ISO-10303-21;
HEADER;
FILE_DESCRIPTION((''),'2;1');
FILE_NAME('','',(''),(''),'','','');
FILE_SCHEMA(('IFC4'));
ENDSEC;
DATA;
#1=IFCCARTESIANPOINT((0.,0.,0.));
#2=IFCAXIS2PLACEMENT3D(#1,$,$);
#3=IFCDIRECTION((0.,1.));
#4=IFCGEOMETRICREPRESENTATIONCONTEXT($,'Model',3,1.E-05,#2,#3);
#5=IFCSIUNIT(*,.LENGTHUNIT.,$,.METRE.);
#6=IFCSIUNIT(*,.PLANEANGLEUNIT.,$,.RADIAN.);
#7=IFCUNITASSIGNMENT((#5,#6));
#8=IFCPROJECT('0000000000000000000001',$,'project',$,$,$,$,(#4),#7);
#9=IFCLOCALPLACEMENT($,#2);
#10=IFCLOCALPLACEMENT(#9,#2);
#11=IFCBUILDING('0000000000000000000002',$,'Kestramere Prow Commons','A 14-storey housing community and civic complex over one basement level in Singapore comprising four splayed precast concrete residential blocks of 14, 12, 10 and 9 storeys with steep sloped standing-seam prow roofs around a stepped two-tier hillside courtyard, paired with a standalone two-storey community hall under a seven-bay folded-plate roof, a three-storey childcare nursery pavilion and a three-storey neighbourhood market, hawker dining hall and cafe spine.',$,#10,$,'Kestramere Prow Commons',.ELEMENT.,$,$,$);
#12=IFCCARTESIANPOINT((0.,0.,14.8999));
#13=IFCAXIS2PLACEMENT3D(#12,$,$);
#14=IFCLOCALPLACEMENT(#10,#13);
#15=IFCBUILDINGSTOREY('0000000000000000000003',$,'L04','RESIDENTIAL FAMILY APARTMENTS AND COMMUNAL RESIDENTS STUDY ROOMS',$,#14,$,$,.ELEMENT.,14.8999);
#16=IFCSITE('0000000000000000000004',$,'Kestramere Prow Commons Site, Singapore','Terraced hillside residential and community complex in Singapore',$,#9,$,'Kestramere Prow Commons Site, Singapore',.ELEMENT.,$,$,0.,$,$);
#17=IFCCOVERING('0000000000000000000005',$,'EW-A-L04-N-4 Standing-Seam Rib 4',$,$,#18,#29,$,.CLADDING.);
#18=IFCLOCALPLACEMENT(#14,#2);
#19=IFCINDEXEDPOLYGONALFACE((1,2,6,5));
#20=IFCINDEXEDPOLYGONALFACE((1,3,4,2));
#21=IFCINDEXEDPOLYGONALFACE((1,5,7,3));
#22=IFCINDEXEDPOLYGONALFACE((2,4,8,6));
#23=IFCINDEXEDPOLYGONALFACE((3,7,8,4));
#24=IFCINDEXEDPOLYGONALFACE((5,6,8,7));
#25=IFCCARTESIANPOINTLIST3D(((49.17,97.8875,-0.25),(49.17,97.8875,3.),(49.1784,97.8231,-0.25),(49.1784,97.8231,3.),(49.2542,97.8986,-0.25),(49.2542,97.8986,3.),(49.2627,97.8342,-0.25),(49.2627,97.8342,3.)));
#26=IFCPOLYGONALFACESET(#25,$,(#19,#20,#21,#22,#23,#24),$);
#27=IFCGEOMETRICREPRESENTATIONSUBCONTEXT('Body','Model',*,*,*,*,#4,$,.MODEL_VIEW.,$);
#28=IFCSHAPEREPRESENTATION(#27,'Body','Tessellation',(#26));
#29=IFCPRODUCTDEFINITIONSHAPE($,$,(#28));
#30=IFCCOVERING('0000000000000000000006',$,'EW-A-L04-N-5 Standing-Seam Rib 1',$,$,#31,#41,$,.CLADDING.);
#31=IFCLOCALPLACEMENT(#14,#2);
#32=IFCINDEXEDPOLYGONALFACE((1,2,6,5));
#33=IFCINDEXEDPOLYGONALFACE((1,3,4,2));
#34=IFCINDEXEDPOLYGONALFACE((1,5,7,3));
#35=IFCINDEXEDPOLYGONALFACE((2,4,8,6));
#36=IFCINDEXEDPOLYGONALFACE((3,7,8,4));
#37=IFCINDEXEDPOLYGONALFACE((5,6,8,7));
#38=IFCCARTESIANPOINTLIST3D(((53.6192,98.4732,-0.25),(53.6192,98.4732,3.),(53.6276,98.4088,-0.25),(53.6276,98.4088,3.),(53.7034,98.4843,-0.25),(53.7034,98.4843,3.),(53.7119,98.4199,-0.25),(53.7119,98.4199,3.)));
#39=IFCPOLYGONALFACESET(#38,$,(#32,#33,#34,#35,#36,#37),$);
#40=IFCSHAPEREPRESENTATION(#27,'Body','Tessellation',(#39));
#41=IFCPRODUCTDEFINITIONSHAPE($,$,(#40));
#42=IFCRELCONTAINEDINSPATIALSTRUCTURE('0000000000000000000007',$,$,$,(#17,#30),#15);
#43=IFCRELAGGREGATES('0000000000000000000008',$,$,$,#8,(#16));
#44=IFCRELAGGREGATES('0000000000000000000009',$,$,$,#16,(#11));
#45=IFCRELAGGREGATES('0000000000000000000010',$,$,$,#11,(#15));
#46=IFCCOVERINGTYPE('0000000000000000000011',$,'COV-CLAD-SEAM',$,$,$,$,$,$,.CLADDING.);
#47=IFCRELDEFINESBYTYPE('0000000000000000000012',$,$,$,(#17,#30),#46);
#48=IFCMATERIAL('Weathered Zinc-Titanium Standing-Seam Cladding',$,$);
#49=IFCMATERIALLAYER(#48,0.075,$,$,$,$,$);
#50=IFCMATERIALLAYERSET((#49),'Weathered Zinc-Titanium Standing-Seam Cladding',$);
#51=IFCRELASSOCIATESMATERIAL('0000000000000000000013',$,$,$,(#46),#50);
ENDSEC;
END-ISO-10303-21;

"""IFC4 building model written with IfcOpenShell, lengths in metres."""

from ifc_helpers import new_model, si_unit, direction, frame, origin, origin_2d, place, context, subcontext, project, spatial, rectangle, extrude, material, layer, layer_set, type_object, element, save


model = new_model("IFC4")

# Units and contexts
model_context = context("Model", 3, precision=1e-05, world=origin(), true_north=direction((0.0, 1.0)))
body_context = subcontext(model_context, "Body", "Model", "MODEL_VIEW")
ifc_project = project(units=[si_unit("LENGTHUNIT", "METRE"), si_unit("PLANEANGLEUNIT", "RADIAN")], contexts=[model_context])

# Site, building, storey
site_placement = place(None, origin())
site = spatial("IfcSite", under=ifc_project, at=site_placement, Name="Kestramere Prow Commons Site, Singapore", Description="Terraced hillside residential and community complex in Singapore", LongName="Kestramere Prow Commons Site, Singapore", CompositionType="ELEMENT", RefElevation=0.0)
building_placement = place(site_placement, origin())
building = spatial("IfcBuilding", under=site, at=building_placement, Name="Kestramere Prow Commons", Description="A 14-storey housing community and civic complex over one basement level in Singapore comprising four splayed precast concrete residential blocks of 14, 12, 10 and 9 storeys with steep sloped standing-seam prow roofs around a stepped two-tier hillside courtyard, paired with a standalone two-storey community hall under a seven-bay folded-plate roof, a three-storey childcare nursery pavilion and a three-storey neighbourhood market, hawker dining hall and cafe spine.", LongName="Kestramere Prow Commons", CompositionType="ELEMENT")
storey_placement = place(building_placement, frame((0.0, 0.0, 14.8999)))
storey = spatial("IfcBuildingStorey", under=building, at=storey_placement, Name="L04", Description="RESIDENTIAL FAMILY APARTMENTS AND COMMUNAL RESIDENTS STUDY ROOMS", CompositionType="ELEMENT", Elevation=14.8999)

# Coverings
ifc_material_1 = material(Name="Weathered Zinc-Titanium Standing-Seam Cladding")
ifc_layer_1 = layer(ifc_material_1, 0.075)
ifc_layer_set_1 = layer_set([ifc_layer_1], Name="Weathered Zinc-Titanium Standing-Seam Cladding")
covering_type = type_object("IfcCoveringType", Name="COV-CLAD-SEAM", PredefinedType="CLADDING", material=ifc_layer_set_1)
for number, where, z_axis, x_axis, name in (
    (1, (49.2163, 97.8608, -0.25), (0.0, 0.0, 1.0), (0.991445, 0.130526, 0.0), "EW-A-L04-N-4 Standing-Seam Rib 4"),
    (2, (53.6655, 98.4465, -0.25), (0.0, 0.0, 1.0), (0.991445, 0.130526, 0.0), "EW-A-L04-N-5 Standing-Seam Rib 1"),
):
    element("IfcCovering", number, at=place(storey_placement, frame(where, z_axis=z_axis, x_axis=x_axis)), inside=storey, type_object=covering_type, Name=name, PredefinedType="CLADDING", context=body_context, shape_type="SweptSolid", body=[
        extrude(rectangle(XDim=0.085, YDim=0.0649, at=origin_2d()), origin(), (0.0, 0.0, 1.0), 3.25),
    ])

save(model, "model.ifc")
